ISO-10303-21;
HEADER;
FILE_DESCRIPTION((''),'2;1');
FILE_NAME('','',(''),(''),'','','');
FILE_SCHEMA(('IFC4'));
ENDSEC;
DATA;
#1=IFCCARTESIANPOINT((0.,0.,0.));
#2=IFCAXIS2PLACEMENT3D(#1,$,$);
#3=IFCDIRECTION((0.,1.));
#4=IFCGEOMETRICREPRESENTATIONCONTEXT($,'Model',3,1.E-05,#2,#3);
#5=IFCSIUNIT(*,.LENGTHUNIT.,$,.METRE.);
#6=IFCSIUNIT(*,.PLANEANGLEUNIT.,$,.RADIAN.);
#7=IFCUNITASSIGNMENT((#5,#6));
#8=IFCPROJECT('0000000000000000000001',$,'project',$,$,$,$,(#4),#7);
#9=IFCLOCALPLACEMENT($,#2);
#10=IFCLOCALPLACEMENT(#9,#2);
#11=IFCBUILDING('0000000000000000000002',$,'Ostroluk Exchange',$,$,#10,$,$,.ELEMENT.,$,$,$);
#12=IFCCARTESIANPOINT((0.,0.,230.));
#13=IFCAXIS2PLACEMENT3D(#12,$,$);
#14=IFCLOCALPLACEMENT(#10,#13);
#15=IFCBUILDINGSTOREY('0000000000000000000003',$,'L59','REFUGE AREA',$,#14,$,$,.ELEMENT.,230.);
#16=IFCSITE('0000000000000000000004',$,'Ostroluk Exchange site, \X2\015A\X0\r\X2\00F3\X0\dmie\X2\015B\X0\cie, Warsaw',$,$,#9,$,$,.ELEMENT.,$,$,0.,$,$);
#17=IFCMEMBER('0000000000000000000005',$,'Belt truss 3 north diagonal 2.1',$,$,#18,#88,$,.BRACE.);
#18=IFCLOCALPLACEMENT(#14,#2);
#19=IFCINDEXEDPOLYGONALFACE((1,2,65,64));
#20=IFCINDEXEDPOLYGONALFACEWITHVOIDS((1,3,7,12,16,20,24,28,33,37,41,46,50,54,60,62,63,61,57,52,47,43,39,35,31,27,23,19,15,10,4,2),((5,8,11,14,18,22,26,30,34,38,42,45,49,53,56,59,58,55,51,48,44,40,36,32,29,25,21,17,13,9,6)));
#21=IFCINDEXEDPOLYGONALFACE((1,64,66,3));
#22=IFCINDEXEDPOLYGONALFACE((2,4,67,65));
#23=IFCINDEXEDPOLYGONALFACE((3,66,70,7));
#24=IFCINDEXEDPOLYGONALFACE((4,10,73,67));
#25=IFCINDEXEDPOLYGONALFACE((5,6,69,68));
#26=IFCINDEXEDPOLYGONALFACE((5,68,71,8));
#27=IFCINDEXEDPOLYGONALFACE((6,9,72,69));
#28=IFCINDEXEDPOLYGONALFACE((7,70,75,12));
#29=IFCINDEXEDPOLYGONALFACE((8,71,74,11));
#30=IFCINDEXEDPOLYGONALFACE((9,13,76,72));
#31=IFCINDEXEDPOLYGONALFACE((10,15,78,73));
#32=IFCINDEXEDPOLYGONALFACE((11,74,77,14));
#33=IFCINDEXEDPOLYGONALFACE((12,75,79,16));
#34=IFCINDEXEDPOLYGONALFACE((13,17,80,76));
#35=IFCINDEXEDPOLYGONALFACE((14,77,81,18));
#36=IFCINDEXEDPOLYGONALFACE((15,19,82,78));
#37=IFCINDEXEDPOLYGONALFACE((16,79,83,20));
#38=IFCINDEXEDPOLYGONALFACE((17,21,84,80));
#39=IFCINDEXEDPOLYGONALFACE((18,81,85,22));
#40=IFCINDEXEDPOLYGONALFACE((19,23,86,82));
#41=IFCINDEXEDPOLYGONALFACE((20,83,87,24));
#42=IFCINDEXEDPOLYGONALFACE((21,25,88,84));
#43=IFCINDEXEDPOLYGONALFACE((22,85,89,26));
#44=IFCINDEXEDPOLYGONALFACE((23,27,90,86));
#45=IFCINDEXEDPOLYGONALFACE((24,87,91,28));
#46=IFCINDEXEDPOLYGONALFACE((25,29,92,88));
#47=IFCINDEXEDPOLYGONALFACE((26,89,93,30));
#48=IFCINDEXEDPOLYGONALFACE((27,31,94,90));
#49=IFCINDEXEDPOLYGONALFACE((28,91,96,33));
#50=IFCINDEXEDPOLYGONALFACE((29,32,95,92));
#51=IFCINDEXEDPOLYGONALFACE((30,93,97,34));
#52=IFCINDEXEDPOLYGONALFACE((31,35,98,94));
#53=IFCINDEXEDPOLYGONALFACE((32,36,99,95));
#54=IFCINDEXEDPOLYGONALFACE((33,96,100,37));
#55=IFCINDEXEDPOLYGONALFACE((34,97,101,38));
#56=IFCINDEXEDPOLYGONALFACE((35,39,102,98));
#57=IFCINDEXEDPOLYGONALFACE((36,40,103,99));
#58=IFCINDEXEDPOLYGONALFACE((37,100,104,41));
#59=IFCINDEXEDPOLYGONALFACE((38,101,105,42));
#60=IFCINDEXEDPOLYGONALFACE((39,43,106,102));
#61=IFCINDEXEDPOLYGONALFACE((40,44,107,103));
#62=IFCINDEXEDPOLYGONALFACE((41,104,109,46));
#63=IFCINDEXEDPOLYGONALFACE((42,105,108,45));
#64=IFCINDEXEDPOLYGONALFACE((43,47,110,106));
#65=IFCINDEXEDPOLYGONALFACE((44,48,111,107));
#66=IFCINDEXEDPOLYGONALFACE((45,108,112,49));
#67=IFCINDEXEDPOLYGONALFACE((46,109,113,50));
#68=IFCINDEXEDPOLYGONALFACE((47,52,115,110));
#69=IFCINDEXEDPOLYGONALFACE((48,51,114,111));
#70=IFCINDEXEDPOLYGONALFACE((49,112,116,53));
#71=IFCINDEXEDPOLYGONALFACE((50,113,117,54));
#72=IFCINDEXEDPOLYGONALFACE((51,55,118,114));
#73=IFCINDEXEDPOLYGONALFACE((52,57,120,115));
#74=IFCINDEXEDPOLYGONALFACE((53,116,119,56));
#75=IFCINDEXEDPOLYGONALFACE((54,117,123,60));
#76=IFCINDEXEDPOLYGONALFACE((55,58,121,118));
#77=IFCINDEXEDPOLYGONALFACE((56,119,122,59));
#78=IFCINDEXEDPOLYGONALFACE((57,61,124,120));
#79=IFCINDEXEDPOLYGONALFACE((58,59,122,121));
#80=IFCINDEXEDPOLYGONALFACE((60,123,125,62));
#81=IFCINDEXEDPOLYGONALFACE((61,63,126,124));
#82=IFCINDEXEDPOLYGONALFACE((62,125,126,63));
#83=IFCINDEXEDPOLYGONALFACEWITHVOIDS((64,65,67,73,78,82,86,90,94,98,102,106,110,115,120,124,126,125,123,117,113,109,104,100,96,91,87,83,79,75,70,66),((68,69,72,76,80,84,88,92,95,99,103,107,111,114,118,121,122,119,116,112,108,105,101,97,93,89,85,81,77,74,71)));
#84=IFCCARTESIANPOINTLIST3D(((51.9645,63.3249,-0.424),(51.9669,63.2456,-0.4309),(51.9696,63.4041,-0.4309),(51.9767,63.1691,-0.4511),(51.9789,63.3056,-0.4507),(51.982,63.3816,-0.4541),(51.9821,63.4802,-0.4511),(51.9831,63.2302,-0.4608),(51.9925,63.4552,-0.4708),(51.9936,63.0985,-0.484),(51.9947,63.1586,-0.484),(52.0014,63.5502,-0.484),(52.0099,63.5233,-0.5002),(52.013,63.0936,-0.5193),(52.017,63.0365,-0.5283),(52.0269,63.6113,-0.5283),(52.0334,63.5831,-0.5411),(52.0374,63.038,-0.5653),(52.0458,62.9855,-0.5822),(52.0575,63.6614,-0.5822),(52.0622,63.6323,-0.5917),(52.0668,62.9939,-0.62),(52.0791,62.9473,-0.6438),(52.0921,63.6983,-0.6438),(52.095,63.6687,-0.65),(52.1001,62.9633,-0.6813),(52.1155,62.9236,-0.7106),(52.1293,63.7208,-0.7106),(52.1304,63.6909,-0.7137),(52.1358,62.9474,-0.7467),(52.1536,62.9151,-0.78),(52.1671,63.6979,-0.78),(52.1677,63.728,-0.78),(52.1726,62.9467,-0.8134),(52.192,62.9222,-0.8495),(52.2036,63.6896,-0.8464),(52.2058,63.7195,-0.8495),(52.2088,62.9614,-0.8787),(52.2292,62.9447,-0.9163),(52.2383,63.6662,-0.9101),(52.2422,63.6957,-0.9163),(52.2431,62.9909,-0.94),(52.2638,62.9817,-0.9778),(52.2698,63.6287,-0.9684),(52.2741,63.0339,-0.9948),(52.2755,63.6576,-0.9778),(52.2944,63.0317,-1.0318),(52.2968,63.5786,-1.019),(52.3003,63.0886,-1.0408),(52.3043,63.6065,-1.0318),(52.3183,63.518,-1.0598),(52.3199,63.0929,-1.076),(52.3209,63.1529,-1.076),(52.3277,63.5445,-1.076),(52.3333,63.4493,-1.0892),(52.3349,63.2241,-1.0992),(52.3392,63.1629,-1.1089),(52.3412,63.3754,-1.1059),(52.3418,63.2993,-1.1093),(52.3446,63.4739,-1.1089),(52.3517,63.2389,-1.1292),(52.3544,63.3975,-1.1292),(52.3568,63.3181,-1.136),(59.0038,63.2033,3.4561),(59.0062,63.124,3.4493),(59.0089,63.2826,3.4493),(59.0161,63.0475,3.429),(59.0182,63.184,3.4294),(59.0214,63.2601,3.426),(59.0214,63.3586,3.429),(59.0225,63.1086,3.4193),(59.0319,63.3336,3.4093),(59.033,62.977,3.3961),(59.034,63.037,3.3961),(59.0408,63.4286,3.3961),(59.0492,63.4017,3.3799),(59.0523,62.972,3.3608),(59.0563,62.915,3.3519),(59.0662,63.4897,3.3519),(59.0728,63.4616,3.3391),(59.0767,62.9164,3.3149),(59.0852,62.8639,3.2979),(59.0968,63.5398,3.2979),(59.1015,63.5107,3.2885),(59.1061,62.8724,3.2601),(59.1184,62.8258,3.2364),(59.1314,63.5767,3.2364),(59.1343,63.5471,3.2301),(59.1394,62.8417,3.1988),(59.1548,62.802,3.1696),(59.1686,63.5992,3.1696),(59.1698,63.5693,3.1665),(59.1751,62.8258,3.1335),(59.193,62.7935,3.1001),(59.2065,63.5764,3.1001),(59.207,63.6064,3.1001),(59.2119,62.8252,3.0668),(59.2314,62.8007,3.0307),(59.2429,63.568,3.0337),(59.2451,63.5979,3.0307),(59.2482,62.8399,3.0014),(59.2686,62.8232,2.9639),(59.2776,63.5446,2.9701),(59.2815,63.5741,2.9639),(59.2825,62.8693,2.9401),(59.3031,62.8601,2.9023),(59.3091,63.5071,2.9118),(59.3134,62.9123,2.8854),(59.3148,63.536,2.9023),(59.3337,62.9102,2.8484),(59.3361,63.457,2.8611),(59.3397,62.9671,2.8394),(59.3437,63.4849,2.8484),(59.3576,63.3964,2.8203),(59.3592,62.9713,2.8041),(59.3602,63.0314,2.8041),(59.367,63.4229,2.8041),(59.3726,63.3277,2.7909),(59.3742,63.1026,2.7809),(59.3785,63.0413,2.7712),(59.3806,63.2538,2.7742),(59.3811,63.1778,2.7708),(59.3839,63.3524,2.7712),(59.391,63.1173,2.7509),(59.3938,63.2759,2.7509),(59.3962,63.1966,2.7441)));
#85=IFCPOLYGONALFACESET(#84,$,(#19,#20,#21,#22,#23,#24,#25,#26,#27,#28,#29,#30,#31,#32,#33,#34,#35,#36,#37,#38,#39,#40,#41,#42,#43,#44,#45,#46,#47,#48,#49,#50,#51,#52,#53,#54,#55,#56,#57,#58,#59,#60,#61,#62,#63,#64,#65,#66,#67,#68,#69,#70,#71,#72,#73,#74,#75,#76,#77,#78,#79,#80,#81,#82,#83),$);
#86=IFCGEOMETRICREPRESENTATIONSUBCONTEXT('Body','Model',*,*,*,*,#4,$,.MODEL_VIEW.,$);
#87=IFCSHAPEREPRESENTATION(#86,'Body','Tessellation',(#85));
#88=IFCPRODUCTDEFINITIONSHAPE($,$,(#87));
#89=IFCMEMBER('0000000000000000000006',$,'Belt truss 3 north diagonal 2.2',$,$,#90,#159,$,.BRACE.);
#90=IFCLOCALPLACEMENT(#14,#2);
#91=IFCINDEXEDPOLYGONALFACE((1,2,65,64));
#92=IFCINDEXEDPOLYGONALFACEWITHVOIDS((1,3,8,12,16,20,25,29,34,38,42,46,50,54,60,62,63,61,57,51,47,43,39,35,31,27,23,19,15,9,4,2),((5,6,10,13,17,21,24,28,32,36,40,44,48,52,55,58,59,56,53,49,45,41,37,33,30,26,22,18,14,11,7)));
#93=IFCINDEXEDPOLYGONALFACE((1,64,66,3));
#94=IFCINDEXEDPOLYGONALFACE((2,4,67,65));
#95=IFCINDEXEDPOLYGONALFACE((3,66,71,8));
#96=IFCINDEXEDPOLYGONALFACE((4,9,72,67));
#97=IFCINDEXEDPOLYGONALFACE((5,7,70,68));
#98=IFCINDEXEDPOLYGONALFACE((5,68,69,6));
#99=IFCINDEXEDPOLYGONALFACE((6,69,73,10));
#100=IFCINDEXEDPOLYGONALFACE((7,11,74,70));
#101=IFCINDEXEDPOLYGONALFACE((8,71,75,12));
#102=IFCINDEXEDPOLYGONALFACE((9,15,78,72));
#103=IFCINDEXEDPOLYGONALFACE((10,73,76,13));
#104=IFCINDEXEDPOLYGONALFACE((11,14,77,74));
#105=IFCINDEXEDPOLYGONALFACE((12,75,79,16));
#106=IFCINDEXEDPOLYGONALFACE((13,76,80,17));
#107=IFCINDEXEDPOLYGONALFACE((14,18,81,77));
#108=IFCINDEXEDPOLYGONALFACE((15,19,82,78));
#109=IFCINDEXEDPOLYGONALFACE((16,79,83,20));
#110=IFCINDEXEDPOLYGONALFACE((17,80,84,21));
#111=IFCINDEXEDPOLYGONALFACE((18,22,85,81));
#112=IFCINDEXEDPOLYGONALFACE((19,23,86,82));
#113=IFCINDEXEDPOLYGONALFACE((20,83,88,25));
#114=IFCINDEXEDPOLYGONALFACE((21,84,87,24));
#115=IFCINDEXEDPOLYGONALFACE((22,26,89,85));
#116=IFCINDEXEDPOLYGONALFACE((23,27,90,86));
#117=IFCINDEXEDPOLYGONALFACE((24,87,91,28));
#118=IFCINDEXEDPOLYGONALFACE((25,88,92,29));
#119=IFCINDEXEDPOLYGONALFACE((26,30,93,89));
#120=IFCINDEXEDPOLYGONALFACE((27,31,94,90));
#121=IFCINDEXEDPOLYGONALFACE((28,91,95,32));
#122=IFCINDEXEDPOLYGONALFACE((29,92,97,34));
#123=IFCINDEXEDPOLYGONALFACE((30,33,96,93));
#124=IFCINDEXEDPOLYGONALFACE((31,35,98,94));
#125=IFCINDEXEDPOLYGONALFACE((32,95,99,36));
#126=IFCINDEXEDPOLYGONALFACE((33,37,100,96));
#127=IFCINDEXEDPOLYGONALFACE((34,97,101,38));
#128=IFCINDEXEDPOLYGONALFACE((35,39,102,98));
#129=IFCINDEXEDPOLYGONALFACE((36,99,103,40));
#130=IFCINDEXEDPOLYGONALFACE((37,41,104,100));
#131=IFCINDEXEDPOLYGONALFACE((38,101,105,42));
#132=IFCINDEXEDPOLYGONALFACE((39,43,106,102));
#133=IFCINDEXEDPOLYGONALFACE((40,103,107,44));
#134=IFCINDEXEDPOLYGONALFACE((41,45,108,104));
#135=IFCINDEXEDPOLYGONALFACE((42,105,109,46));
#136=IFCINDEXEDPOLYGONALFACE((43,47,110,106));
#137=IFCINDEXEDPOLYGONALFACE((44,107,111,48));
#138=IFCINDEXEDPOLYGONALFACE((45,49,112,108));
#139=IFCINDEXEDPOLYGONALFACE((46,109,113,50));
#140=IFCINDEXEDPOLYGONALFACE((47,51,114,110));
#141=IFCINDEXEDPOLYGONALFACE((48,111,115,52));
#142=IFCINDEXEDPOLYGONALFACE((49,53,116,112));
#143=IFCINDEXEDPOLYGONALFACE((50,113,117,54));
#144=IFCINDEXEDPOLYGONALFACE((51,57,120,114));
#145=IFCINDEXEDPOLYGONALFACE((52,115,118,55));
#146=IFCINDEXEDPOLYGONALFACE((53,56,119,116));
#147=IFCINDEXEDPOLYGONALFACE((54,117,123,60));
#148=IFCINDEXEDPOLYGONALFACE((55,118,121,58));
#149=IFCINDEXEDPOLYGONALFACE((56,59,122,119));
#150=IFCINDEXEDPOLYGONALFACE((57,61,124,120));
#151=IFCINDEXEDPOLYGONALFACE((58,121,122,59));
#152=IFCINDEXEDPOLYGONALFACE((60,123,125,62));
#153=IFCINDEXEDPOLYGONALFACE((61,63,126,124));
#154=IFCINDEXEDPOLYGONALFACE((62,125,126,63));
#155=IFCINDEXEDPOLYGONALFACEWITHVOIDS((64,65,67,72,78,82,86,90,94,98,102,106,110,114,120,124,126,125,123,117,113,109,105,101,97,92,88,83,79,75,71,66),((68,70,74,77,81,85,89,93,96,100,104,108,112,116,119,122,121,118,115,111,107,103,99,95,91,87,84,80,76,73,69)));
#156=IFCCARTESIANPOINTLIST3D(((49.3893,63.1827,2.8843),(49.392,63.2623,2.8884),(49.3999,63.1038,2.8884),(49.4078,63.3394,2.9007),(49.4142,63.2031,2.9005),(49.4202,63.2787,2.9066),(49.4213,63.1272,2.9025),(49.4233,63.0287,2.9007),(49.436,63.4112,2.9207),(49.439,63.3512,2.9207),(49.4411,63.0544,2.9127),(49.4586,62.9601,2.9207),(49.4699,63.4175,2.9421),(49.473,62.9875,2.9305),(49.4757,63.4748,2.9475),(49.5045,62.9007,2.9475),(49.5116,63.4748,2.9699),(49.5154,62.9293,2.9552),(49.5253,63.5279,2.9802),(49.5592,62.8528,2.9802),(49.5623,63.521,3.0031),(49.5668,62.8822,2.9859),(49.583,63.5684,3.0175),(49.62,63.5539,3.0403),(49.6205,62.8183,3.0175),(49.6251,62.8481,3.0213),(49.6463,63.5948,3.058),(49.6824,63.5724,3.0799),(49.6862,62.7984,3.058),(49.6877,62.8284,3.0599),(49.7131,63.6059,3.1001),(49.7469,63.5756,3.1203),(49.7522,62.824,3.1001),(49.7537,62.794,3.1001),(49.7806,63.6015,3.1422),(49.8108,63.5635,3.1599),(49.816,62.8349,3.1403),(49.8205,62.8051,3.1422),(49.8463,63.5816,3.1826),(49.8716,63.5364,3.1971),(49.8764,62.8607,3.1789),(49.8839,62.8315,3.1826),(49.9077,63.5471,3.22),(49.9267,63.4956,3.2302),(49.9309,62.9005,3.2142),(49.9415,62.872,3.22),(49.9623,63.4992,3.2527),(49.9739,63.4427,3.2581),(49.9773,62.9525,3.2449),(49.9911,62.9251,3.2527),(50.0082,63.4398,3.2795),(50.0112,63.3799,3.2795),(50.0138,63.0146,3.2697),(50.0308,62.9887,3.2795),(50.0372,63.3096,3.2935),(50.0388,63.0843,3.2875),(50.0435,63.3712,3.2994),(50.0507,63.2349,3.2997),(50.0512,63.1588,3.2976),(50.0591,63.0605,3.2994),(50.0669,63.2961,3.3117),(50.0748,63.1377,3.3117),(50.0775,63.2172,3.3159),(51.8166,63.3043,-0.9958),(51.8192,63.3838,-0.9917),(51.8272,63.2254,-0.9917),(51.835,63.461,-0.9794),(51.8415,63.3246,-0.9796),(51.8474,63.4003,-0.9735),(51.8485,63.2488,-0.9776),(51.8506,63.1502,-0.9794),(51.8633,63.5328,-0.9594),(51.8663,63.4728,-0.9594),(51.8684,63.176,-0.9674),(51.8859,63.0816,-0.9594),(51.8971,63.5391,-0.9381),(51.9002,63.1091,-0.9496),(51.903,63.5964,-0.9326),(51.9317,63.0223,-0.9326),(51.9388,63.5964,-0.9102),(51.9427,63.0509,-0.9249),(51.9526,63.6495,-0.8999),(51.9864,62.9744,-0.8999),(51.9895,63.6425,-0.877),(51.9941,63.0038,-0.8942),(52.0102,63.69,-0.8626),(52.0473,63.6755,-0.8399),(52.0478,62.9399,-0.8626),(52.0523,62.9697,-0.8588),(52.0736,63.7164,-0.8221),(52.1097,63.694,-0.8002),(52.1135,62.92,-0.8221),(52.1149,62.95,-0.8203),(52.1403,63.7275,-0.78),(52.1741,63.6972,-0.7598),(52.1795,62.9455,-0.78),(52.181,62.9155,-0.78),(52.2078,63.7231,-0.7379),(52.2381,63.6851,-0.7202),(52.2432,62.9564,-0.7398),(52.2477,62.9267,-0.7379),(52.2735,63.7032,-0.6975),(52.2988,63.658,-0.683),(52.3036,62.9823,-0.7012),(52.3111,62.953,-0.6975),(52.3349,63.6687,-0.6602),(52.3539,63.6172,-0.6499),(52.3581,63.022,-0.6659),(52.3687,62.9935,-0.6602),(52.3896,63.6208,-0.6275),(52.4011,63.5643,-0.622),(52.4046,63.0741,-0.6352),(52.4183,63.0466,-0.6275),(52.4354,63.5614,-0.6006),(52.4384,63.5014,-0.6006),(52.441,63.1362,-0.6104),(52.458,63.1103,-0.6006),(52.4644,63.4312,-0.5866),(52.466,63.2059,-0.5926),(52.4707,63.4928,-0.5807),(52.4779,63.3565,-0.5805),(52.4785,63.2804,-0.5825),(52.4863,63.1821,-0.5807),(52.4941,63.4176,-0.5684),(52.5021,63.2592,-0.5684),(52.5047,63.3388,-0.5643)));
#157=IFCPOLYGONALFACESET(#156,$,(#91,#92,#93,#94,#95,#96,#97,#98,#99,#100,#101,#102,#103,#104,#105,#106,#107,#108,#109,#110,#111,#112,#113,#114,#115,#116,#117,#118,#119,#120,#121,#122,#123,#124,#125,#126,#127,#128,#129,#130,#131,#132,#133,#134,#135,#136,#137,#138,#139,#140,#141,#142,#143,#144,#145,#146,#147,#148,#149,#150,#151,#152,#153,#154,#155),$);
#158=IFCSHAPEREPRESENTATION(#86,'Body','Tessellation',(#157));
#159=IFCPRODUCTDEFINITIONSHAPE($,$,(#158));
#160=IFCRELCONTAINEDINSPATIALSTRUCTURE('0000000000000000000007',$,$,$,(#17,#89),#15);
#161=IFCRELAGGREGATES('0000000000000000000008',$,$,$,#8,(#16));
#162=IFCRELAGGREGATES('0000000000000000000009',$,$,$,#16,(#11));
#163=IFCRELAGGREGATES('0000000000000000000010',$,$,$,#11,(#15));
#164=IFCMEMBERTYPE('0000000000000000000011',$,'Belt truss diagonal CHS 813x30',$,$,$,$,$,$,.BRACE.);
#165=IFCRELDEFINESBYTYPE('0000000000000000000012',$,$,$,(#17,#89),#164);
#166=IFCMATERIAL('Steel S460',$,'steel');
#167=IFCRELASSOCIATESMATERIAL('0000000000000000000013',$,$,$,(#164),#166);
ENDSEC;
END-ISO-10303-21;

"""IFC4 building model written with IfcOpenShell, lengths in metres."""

from ifc_helpers import new_model, si_unit, direction, frame, origin, origin_2d, place, context, subcontext, project, spatial, hollow_circle, extrude, material, material_profile, profile_set, type_object, element, save


model = new_model("IFC4")

# Units and contexts
model_context = context("Model", 3, precision=1e-05, world=origin(), true_north=direction((0.0, 1.0)))
body_context = subcontext(model_context, "Body", "Model", "MODEL_VIEW")
ifc_project = project(units=[si_unit("LENGTHUNIT", "METRE"), si_unit("PLANEANGLEUNIT", "RADIAN")], contexts=[model_context])

# Site, building, storey
site_placement = place(None, origin())
site = spatial("IfcSite", under=ifc_project, at=site_placement, Name="Ostroluk Exchange site, Śródmieście, Warsaw", CompositionType="ELEMENT", RefElevation=0.0)
building_placement = place(site_placement, origin())
building = spatial("IfcBuilding", under=site, at=building_placement, Name="Ostroluk Exchange", CompositionType="ELEMENT")
storey_placement = place(building_placement, frame((0.0, 0.0, 230.0)))
storey = spatial("IfcBuildingStorey", under=building, at=storey_placement, Name="L59", Description="REFUGE AREA", CompositionType="ELEMENT", Elevation=230.0)

# Members
ifc_material_1 = material(Name="Steel S460", Category="steel")
ifc_material_profile_1 = material_profile(ifc_material_1, hollow_circle(Radius=0.4065, WallThickness=0.03, at=origin_2d()), Name="CHS 813x30")
ifc_profile_set_1 = profile_set([ifc_material_profile_1], Name="Steel S460")
member_type_1 = type_object("IfcMemberType", Name="Belt truss diagonal CHS 813x30", PredefinedType="BRACE", material=ifc_profile_set_1)
member_1_placement = place(storey_placement, frame((52.1606, 63.3215, -0.78), z_axis=(0.875668, -0.015124, 0.482676), x_axis=(0.017269, 0.999851, 0.0)))
element("IfcMember", 1, at=member_1_placement, inside=storey, type_object=member_type_1, Name="Belt truss 3 north diagonal 2.1", PredefinedType="BRACE", context=body_context, shape_type="SweptSolid", body=[
    extrude(hollow_circle(Radius=0.4065, WallThickness=0.03, at=origin_2d()), origin(), (0.0, 0.0, 1.0), 8.0388),
])
member_2_placement = place(storey_placement, frame((52.1606, 63.3215, -0.78), z_axis=(-0.530152, -0.026556, 0.847486), x_axis=(0.050028, -0.998748, 0.0)))
element("IfcMember", 2, at=member_2_placement, inside=storey, type_object=member_type_1, Name="Belt truss 3 north diagonal 2.2", PredefinedType="BRACE", context=body_context, shape_type="SweptSolid", body=[
    extrude(hollow_circle(Radius=0.4065, WallThickness=0.03, at=origin_2d()), origin(), (0.0, 0.0, 1.0), 4.5784),
])

save(model, "model.ifc")
